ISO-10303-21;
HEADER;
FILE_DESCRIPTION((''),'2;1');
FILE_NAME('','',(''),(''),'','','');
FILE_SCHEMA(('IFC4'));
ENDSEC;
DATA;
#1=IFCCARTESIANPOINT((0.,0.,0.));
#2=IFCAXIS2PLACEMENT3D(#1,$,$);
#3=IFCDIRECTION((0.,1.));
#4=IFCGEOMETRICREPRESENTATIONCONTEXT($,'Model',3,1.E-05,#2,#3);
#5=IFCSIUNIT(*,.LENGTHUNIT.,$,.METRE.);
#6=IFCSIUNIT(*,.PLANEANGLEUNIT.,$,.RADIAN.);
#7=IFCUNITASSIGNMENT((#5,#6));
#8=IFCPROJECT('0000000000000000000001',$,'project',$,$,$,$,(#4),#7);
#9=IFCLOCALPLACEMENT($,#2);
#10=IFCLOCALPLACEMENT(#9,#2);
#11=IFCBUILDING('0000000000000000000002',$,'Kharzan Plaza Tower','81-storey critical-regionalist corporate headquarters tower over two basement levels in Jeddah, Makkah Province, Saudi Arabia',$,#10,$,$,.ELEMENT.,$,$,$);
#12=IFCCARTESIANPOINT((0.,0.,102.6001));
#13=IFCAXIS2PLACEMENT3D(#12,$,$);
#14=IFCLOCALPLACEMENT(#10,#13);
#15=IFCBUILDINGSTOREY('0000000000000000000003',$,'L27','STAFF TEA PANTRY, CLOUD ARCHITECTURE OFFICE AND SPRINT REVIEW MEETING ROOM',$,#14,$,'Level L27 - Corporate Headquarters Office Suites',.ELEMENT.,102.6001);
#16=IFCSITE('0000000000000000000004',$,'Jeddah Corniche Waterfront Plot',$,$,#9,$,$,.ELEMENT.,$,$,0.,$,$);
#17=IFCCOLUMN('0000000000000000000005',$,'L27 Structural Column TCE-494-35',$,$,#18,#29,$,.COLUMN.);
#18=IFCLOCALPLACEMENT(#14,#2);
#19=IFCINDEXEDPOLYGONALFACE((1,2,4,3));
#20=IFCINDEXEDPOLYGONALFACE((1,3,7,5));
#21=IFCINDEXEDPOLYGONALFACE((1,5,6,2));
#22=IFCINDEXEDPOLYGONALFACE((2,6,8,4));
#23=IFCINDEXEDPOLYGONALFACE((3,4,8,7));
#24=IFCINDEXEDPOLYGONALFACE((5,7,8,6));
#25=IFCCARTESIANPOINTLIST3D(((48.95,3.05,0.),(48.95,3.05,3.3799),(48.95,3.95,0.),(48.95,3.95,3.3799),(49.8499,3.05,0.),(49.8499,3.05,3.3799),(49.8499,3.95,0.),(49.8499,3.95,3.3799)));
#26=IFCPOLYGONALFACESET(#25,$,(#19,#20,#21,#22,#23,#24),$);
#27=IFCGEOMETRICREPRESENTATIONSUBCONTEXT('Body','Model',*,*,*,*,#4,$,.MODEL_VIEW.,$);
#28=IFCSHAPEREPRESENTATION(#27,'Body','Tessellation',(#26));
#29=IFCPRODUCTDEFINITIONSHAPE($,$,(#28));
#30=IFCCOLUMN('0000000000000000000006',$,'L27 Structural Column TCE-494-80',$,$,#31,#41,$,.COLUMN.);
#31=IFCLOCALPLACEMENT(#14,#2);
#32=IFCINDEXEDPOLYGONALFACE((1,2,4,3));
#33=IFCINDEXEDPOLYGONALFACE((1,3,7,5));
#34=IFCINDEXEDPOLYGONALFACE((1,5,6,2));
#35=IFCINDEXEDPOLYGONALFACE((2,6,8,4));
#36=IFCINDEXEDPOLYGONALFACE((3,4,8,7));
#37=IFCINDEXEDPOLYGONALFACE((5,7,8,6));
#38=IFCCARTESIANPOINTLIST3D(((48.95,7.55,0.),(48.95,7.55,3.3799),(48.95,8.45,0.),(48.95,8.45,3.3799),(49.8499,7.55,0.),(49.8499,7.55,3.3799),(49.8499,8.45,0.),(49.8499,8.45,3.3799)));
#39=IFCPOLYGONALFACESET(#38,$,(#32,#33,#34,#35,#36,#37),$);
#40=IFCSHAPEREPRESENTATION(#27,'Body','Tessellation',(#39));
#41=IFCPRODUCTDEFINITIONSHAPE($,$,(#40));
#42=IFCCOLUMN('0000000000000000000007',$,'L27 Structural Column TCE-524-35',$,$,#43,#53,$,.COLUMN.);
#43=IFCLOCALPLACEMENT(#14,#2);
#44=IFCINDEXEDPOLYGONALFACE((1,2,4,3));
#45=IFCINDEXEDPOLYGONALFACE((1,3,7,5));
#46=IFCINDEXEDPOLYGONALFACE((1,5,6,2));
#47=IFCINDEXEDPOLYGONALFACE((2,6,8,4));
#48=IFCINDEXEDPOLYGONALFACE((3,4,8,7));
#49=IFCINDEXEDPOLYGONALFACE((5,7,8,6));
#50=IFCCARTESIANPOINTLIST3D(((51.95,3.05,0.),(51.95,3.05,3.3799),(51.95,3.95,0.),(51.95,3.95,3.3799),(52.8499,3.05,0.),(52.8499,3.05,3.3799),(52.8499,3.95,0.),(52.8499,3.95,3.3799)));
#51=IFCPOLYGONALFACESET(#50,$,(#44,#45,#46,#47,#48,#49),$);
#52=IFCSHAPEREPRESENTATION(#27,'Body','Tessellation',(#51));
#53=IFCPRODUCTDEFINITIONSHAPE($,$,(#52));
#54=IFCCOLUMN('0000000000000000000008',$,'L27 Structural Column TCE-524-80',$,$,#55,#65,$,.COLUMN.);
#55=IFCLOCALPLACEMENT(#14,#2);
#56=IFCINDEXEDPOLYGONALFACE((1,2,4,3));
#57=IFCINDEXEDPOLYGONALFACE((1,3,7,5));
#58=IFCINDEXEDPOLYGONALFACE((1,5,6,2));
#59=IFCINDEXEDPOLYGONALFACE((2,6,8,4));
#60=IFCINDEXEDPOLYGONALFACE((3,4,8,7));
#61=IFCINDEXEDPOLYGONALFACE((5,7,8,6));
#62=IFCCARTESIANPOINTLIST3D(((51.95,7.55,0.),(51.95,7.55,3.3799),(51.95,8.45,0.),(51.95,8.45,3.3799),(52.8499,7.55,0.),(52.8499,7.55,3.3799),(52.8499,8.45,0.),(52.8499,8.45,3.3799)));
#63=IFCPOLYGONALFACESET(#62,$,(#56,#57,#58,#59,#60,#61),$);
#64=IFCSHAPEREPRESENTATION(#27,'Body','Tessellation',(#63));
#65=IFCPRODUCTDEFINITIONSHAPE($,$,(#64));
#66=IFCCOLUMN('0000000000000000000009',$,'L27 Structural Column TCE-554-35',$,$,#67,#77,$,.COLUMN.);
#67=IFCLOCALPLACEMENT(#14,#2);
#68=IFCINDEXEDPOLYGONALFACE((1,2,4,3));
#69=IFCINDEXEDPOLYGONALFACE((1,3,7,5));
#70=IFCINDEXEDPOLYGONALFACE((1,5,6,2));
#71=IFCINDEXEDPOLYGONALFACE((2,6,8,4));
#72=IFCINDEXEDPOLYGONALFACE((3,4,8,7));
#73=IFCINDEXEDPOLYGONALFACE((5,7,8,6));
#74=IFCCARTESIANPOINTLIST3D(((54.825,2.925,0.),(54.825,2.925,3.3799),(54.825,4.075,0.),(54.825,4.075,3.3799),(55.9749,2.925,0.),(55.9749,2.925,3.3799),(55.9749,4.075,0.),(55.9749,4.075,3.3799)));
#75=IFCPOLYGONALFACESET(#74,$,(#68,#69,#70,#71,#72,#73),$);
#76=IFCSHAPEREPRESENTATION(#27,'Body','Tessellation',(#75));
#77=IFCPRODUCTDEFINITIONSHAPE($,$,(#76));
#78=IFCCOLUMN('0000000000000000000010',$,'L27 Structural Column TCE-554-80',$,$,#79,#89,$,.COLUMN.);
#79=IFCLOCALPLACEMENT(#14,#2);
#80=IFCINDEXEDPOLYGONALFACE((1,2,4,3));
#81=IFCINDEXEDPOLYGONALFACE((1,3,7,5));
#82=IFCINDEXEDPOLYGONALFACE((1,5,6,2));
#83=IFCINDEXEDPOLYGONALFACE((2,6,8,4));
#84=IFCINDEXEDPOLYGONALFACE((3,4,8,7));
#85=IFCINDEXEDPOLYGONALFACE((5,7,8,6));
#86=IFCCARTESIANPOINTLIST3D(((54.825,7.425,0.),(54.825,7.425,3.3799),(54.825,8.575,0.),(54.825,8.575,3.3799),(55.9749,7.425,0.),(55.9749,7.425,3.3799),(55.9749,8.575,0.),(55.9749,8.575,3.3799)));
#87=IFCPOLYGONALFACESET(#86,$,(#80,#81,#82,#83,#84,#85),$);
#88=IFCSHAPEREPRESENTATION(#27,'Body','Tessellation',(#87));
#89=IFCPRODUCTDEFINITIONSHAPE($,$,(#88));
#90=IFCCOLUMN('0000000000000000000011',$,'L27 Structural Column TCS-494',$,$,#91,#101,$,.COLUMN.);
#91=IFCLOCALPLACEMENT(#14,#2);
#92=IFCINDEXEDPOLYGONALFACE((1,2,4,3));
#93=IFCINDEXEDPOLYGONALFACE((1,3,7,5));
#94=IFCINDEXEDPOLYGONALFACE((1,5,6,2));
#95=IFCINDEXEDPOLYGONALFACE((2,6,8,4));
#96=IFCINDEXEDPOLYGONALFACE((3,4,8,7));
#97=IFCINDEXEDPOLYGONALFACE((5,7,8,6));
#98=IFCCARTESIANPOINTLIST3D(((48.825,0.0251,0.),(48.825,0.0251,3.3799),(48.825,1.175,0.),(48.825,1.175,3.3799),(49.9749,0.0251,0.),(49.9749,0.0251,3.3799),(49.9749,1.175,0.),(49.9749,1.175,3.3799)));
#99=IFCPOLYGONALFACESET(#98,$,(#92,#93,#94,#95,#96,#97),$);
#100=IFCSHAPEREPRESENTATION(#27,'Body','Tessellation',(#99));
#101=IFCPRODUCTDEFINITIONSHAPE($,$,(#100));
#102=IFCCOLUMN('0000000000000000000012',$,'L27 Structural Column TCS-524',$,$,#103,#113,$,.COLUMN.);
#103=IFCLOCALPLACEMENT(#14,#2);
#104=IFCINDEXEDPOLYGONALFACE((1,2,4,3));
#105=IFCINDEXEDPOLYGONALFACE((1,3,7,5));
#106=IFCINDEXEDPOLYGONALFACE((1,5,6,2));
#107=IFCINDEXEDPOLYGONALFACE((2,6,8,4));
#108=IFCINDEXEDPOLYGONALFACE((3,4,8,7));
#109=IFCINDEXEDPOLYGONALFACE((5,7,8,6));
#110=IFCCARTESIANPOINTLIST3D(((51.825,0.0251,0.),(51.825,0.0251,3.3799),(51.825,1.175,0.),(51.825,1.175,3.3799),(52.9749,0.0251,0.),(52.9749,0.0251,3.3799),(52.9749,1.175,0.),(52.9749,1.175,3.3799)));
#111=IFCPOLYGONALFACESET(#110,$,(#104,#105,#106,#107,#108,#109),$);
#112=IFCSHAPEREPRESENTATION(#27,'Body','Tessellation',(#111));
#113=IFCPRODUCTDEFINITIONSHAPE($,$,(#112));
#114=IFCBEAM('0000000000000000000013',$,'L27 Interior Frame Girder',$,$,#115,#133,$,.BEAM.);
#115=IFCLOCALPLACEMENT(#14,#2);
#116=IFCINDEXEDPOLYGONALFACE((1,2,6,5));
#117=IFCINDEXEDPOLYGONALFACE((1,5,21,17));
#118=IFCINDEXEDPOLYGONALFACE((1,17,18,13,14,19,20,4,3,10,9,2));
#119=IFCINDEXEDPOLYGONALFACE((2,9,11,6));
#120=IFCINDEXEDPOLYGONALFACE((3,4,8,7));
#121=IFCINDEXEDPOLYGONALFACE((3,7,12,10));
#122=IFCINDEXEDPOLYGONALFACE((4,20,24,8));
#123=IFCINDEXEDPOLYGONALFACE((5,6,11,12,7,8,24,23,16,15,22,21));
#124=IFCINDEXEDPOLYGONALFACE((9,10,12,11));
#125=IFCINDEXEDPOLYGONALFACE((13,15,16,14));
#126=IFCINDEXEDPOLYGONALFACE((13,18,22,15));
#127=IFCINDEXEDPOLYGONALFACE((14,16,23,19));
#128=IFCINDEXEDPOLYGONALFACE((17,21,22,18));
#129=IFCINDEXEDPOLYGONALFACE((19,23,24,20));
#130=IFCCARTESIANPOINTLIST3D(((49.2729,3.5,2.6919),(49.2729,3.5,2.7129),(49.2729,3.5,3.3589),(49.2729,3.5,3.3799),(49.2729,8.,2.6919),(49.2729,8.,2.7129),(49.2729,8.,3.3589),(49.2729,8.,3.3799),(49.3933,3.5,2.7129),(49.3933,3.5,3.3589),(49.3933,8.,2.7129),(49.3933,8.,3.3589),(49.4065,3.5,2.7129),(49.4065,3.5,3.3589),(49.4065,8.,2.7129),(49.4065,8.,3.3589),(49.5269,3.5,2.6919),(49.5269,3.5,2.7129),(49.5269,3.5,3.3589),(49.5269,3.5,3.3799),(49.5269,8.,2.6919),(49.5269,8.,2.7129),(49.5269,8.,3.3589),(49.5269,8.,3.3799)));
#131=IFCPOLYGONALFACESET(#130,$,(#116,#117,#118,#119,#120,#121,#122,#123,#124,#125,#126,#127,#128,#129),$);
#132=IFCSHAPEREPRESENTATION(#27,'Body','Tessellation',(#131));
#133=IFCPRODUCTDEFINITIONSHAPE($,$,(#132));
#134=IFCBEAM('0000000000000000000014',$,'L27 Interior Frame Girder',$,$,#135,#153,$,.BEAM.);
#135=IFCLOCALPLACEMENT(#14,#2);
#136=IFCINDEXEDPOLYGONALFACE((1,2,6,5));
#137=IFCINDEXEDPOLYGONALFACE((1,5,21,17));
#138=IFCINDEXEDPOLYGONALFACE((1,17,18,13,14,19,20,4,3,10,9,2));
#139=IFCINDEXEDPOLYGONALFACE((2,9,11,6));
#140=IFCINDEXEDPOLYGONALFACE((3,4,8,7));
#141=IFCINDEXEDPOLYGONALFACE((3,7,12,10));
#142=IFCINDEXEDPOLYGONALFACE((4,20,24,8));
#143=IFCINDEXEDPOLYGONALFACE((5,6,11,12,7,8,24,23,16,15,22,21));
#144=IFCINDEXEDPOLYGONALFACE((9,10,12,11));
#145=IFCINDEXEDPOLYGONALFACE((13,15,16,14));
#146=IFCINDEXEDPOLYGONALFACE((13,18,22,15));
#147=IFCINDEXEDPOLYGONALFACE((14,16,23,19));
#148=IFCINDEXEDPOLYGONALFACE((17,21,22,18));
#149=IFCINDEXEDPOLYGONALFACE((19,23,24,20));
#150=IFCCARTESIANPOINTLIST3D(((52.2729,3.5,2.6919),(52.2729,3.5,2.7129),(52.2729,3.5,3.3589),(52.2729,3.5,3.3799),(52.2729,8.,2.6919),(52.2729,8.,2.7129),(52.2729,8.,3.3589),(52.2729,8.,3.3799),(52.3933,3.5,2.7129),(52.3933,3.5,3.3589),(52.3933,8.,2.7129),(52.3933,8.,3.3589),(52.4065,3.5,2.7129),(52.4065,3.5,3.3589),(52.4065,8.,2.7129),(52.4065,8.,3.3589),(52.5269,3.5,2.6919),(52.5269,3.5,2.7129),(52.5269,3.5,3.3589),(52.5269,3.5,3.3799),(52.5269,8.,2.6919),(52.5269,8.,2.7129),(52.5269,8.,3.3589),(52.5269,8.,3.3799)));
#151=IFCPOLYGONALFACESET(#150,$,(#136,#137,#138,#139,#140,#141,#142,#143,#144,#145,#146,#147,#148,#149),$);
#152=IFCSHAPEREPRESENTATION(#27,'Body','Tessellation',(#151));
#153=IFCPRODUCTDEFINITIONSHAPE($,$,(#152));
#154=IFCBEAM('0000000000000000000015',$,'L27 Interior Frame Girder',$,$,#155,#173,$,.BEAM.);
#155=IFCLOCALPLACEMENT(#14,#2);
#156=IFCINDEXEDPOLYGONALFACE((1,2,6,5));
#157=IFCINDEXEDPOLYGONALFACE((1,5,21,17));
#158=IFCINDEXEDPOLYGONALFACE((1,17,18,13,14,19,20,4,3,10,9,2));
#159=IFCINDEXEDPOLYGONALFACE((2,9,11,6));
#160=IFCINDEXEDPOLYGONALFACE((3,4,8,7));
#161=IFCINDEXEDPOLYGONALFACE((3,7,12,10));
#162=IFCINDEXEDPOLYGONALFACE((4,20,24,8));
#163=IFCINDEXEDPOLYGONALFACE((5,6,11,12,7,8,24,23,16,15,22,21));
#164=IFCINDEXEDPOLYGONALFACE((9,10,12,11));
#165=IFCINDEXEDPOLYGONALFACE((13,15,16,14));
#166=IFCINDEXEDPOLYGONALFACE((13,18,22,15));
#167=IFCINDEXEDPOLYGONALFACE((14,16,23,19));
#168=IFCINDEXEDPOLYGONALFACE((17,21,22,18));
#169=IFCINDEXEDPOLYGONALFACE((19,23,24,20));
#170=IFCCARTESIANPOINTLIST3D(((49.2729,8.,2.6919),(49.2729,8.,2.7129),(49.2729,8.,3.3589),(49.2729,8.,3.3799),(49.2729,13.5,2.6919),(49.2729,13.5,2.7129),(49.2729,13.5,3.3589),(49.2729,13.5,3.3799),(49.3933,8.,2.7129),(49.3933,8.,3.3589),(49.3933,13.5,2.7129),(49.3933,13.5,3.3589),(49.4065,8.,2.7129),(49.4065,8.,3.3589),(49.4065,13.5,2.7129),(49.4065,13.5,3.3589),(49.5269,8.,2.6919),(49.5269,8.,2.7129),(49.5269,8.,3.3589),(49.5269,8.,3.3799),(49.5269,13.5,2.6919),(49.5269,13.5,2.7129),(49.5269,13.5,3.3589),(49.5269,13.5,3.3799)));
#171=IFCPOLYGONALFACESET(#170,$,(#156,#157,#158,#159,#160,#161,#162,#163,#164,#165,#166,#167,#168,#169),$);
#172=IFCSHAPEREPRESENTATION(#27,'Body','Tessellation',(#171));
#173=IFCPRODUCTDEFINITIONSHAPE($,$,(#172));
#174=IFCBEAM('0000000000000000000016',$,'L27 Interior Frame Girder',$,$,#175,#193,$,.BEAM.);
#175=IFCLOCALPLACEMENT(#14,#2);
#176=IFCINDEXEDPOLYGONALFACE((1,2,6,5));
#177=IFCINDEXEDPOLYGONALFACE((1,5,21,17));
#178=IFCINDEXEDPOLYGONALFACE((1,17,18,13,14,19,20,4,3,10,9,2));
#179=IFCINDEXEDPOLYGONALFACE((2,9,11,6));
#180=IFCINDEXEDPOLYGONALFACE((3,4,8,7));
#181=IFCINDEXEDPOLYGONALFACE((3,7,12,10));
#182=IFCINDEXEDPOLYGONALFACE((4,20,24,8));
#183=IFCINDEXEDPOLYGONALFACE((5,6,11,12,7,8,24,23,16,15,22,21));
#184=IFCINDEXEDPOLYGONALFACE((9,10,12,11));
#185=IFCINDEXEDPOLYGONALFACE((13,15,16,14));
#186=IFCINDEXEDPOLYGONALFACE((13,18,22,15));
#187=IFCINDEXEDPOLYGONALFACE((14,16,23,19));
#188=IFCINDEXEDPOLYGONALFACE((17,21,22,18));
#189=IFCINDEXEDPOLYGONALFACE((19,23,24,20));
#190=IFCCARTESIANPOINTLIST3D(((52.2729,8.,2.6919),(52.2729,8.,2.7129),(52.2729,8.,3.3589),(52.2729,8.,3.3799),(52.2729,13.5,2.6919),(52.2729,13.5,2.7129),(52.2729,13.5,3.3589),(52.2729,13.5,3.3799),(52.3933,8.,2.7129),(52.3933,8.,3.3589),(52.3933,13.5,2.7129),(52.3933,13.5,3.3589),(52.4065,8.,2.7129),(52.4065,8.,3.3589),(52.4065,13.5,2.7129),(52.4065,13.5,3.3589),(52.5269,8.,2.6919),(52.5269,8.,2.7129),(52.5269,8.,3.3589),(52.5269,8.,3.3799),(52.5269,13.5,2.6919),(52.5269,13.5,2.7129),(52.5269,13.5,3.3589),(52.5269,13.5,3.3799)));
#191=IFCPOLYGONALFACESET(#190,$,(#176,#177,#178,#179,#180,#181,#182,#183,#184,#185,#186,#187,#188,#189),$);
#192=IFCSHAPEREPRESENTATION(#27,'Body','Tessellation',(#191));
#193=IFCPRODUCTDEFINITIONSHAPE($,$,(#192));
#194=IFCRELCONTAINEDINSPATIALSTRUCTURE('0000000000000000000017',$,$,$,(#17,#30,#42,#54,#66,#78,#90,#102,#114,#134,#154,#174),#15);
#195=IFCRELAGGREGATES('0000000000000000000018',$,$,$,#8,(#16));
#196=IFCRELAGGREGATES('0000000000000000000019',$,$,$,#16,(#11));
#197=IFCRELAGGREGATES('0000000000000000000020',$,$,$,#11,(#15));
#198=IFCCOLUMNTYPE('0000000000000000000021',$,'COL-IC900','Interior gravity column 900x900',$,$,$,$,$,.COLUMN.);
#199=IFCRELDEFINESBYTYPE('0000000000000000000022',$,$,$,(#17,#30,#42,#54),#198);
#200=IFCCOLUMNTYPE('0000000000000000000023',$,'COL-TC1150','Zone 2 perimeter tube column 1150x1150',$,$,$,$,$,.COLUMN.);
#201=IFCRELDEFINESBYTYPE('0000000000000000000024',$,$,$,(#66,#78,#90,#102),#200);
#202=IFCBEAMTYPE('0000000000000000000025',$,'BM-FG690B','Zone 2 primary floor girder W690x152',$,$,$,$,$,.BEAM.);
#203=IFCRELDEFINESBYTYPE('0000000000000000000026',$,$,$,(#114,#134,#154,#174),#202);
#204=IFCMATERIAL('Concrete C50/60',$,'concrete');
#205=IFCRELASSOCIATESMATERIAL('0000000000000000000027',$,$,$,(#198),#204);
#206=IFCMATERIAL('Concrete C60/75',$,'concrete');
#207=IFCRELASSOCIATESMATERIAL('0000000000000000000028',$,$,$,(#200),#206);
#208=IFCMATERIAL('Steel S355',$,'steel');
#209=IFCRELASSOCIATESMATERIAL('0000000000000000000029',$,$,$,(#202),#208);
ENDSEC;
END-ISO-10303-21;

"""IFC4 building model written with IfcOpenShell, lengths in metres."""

from ifc_helpers import new_model, si_unit, direction, frame, origin, origin_2d, place, context, subcontext, project, spatial, rectangle, i_section, extrude, source, transform, mapped, material, material_profile, profile_set, type_object, element, save


model = new_model("IFC4")

# Units and contexts
model_context = context("Model", 3, precision=1e-05, world=origin(), true_north=direction((0.0, 1.0)))
body_context = subcontext(model_context, "Body", "Model", "MODEL_VIEW")
ifc_project = project(units=[si_unit("LENGTHUNIT", "METRE"), si_unit("PLANEANGLEUNIT", "RADIAN")], contexts=[model_context])

# Site, building, storey
site_placement = place(None, origin())
site = spatial("IfcSite", under=ifc_project, at=site_placement, Name="Jeddah Corniche Waterfront Plot", CompositionType="ELEMENT", RefElevation=0.0)
building_placement = place(site_placement, origin())
building = spatial("IfcBuilding", under=site, at=building_placement, Name="Kharzan Plaza Tower", Description="81-storey critical-regionalist corporate headquarters tower over two basement levels in Jeddah, Makkah Province, Saudi Arabia", CompositionType="ELEMENT")
storey_placement = place(building_placement, frame((0.0, 0.0, 102.6001)))
storey = spatial("IfcBuildingStorey", under=building, at=storey_placement, Name="L27", Description="STAFF TEA PANTRY, CLOUD ARCHITECTURE OFFICE AND SPRINT REVIEW MEETING ROOM", LongName="Level L27 - Corporate Headquarters Office Suites", CompositionType="ELEMENT", Elevation=102.6001)

# Columns
ifc_material_1 = material(Name="Concrete C50/60", Category="concrete")
ifc_material_profile_1 = material_profile(ifc_material_1, rectangle(XDim=0.8999, YDim=0.8999, at=origin_2d()), Name="RC-IC900x900")
ifc_profile_set_1 = profile_set([ifc_material_profile_1], Name="Concrete C50/60")
column_type_1 = type_object("IfcColumnType", Name="COL-IC900", Description="Interior gravity column 900x900", PredefinedType="COLUMN", material=ifc_profile_set_1)
shared_shape_1 = source(origin(), body_context, "Body", "SweptSolid", [
    extrude(rectangle(XDim=0.8999, YDim=0.8999, at=origin_2d()), origin(), (0.0, 0.0, 1.0), 3.3799),
])
for number, where, z_axis, x_axis, name in (
    (1, (49.3999, 3.5, 0.0), (0.0, 0.0, 1.0), (1.0, 0.0, 0.0), "L27 Structural Column TCE-494-35"),
    (2, (49.3999, 8.0, 0.0), (0.0, 0.0, 1.0), (1.0, 0.0, 0.0), "L27 Structural Column TCE-494-80"),
    (3, (52.3999, 3.5, 0.0), (0.0, 0.0, 1.0), (1.0, 0.0, 0.0), "L27 Structural Column TCE-524-35"),
    (4, (52.3999, 8.0, 0.0), (0.0, 0.0, 1.0), (1.0, 0.0, 0.0), "L27 Structural Column TCE-524-80"),
):
    element("IfcColumn", number, at=place(storey_placement, frame(where, z_axis=z_axis, x_axis=x_axis)), inside=storey, type_object=column_type_1, Name=name, PredefinedType="COLUMN", context=body_context, shape_type="MappedRepresentation", body=[
        mapped(shared_shape_1, transform((0.0, 0.0, 0.0), x_axis=(1.0, 0.0, 0.0), y_axis=(0.0, 1.0, 0.0), z_axis=(0.0, 0.0, 1.0))),
    ])
ifc_material_2 = material(Name="Concrete C60/75", Category="concrete")
ifc_material_profile_2 = material_profile(ifc_material_2, rectangle(XDim=1.1499, YDim=1.1499, at=origin_2d()), Name="RC-TC1150x1150")
ifc_profile_set_2 = profile_set([ifc_material_profile_2], Name="Concrete C60/75")
column_type_2 = type_object("IfcColumnType", Name="COL-TC1150", Description="Zone 2 perimeter tube column 1150x1150", PredefinedType="COLUMN", material=ifc_profile_set_2)
shared_shape_2 = source(origin(), body_context, "Body", "SweptSolid", [
    extrude(rectangle(XDim=1.1499, YDim=1.1499, at=origin_2d()), origin(), (0.0, 0.0, 1.0), 3.3799),
])
for number, where, z_axis, x_axis, name in (
    (5, (55.3999, 3.5, 0.0), (0.0, 0.0, 1.0), (1.0, 0.0, 0.0), "L27 Structural Column TCE-554-35"),
    (6, (55.3999, 8.0, 0.0), (0.0, 0.0, 1.0), (1.0, 0.0, 0.0), "L27 Structural Column TCE-554-80"),
    (7, (49.3999, 0.6001, 0.0), (0.0, 0.0, 1.0), (1.0, 0.0, 0.0), "L27 Structural Column TCS-494"),
    (8, (52.3999, 0.6001, 0.0), (0.0, 0.0, 1.0), (1.0, 0.0, 0.0), "L27 Structural Column TCS-524"),
):
    element("IfcColumn", number, at=place(storey_placement, frame(where, z_axis=z_axis, x_axis=x_axis)), inside=storey, type_object=column_type_2, Name=name, PredefinedType="COLUMN", context=body_context, shape_type="MappedRepresentation", body=[
        mapped(shared_shape_2, transform((0.0, 0.0, 0.0), x_axis=(1.0, 0.0, 0.0), y_axis=(0.0, 1.0, 0.0), z_axis=(0.0, 0.0, 1.0))),
    ])

# Beams
ifc_material_3 = material(Name="Steel S355", Category="steel")
ifc_material_profile_3 = material_profile(ifc_material_3, i_section(OverallWidth=0.2539, OverallDepth=0.688, WebThickness=0.0132, FlangeThickness=0.021, at=origin_2d()), Name="W690x152")
ifc_profile_set_3 = profile_set([ifc_material_profile_3], Name="Steel S355")
beam_type_1 = type_object("IfcBeamType", Name="BM-FG690B", Description="Zone 2 primary floor girder W690x152", PredefinedType="BEAM", material=ifc_profile_set_3)
shared_shape_3 = source(origin(), body_context, "Body", "SweptSolid", [
    extrude(i_section(OverallWidth=0.2539, OverallDepth=0.688, WebThickness=0.0132, FlangeThickness=0.021, at=origin_2d()), origin(), (0.0, 0.0, 1.0), 4.5),
])
for number, where, z_axis, x_axis, name in (
    (9, (49.3999, 3.5, 3.0359), (0.0, 1.0, 0.0), (-1.0, 0.0, 0.0), "L27 Interior Frame Girder"),
    (10, (52.3999, 3.5, 3.0359), (0.0, 1.0, 0.0), (-1.0, 0.0, 0.0), "L27 Interior Frame Girder"),
):
    element("IfcBeam", number, at=place(storey_placement, frame(where, z_axis=z_axis, x_axis=x_axis)), inside=storey, type_object=beam_type_1, Name=name, PredefinedType="BEAM", context=body_context, shape_type="MappedRepresentation", body=[
        mapped(shared_shape_3, transform((0.0, 0.0, 0.0), x_axis=(1.0, 0.0, 0.0), y_axis=(0.0, 1.0, 0.0), z_axis=(0.0, 0.0, 1.0))),
    ])
shared_shape_4 = source(origin(), body_context, "Body", "SweptSolid", [
    extrude(i_section(OverallWidth=0.2539, OverallDepth=0.688, WebThickness=0.0132, FlangeThickness=0.021, at=origin_2d()), origin(), (0.0, 0.0, 1.0), 5.5),
])
for number, where, z_axis, x_axis, name in (
    (11, (49.3999, 8.0, 3.0359), (0.0, 1.0, 0.0), (-1.0, 0.0, 0.0), "L27 Interior Frame Girder"),
    (12, (52.3999, 8.0, 3.0359), (0.0, 1.0, 0.0), (-1.0, 0.0, 0.0), "L27 Interior Frame Girder"),
):
    element("IfcBeam", number, at=place(storey_placement, frame(where, z_axis=z_axis, x_axis=x_axis)), inside=storey, type_object=beam_type_1, Name=name, PredefinedType="BEAM", context=body_context, shape_type="MappedRepresentation", body=[
        mapped(shared_shape_4, transform((0.0, 0.0, 0.0), x_axis=(1.0, 0.0, 0.0), y_axis=(0.0, 1.0, 0.0), z_axis=(0.0, 0.0, 1.0))),
    ])

save(model, "model.ifc")
